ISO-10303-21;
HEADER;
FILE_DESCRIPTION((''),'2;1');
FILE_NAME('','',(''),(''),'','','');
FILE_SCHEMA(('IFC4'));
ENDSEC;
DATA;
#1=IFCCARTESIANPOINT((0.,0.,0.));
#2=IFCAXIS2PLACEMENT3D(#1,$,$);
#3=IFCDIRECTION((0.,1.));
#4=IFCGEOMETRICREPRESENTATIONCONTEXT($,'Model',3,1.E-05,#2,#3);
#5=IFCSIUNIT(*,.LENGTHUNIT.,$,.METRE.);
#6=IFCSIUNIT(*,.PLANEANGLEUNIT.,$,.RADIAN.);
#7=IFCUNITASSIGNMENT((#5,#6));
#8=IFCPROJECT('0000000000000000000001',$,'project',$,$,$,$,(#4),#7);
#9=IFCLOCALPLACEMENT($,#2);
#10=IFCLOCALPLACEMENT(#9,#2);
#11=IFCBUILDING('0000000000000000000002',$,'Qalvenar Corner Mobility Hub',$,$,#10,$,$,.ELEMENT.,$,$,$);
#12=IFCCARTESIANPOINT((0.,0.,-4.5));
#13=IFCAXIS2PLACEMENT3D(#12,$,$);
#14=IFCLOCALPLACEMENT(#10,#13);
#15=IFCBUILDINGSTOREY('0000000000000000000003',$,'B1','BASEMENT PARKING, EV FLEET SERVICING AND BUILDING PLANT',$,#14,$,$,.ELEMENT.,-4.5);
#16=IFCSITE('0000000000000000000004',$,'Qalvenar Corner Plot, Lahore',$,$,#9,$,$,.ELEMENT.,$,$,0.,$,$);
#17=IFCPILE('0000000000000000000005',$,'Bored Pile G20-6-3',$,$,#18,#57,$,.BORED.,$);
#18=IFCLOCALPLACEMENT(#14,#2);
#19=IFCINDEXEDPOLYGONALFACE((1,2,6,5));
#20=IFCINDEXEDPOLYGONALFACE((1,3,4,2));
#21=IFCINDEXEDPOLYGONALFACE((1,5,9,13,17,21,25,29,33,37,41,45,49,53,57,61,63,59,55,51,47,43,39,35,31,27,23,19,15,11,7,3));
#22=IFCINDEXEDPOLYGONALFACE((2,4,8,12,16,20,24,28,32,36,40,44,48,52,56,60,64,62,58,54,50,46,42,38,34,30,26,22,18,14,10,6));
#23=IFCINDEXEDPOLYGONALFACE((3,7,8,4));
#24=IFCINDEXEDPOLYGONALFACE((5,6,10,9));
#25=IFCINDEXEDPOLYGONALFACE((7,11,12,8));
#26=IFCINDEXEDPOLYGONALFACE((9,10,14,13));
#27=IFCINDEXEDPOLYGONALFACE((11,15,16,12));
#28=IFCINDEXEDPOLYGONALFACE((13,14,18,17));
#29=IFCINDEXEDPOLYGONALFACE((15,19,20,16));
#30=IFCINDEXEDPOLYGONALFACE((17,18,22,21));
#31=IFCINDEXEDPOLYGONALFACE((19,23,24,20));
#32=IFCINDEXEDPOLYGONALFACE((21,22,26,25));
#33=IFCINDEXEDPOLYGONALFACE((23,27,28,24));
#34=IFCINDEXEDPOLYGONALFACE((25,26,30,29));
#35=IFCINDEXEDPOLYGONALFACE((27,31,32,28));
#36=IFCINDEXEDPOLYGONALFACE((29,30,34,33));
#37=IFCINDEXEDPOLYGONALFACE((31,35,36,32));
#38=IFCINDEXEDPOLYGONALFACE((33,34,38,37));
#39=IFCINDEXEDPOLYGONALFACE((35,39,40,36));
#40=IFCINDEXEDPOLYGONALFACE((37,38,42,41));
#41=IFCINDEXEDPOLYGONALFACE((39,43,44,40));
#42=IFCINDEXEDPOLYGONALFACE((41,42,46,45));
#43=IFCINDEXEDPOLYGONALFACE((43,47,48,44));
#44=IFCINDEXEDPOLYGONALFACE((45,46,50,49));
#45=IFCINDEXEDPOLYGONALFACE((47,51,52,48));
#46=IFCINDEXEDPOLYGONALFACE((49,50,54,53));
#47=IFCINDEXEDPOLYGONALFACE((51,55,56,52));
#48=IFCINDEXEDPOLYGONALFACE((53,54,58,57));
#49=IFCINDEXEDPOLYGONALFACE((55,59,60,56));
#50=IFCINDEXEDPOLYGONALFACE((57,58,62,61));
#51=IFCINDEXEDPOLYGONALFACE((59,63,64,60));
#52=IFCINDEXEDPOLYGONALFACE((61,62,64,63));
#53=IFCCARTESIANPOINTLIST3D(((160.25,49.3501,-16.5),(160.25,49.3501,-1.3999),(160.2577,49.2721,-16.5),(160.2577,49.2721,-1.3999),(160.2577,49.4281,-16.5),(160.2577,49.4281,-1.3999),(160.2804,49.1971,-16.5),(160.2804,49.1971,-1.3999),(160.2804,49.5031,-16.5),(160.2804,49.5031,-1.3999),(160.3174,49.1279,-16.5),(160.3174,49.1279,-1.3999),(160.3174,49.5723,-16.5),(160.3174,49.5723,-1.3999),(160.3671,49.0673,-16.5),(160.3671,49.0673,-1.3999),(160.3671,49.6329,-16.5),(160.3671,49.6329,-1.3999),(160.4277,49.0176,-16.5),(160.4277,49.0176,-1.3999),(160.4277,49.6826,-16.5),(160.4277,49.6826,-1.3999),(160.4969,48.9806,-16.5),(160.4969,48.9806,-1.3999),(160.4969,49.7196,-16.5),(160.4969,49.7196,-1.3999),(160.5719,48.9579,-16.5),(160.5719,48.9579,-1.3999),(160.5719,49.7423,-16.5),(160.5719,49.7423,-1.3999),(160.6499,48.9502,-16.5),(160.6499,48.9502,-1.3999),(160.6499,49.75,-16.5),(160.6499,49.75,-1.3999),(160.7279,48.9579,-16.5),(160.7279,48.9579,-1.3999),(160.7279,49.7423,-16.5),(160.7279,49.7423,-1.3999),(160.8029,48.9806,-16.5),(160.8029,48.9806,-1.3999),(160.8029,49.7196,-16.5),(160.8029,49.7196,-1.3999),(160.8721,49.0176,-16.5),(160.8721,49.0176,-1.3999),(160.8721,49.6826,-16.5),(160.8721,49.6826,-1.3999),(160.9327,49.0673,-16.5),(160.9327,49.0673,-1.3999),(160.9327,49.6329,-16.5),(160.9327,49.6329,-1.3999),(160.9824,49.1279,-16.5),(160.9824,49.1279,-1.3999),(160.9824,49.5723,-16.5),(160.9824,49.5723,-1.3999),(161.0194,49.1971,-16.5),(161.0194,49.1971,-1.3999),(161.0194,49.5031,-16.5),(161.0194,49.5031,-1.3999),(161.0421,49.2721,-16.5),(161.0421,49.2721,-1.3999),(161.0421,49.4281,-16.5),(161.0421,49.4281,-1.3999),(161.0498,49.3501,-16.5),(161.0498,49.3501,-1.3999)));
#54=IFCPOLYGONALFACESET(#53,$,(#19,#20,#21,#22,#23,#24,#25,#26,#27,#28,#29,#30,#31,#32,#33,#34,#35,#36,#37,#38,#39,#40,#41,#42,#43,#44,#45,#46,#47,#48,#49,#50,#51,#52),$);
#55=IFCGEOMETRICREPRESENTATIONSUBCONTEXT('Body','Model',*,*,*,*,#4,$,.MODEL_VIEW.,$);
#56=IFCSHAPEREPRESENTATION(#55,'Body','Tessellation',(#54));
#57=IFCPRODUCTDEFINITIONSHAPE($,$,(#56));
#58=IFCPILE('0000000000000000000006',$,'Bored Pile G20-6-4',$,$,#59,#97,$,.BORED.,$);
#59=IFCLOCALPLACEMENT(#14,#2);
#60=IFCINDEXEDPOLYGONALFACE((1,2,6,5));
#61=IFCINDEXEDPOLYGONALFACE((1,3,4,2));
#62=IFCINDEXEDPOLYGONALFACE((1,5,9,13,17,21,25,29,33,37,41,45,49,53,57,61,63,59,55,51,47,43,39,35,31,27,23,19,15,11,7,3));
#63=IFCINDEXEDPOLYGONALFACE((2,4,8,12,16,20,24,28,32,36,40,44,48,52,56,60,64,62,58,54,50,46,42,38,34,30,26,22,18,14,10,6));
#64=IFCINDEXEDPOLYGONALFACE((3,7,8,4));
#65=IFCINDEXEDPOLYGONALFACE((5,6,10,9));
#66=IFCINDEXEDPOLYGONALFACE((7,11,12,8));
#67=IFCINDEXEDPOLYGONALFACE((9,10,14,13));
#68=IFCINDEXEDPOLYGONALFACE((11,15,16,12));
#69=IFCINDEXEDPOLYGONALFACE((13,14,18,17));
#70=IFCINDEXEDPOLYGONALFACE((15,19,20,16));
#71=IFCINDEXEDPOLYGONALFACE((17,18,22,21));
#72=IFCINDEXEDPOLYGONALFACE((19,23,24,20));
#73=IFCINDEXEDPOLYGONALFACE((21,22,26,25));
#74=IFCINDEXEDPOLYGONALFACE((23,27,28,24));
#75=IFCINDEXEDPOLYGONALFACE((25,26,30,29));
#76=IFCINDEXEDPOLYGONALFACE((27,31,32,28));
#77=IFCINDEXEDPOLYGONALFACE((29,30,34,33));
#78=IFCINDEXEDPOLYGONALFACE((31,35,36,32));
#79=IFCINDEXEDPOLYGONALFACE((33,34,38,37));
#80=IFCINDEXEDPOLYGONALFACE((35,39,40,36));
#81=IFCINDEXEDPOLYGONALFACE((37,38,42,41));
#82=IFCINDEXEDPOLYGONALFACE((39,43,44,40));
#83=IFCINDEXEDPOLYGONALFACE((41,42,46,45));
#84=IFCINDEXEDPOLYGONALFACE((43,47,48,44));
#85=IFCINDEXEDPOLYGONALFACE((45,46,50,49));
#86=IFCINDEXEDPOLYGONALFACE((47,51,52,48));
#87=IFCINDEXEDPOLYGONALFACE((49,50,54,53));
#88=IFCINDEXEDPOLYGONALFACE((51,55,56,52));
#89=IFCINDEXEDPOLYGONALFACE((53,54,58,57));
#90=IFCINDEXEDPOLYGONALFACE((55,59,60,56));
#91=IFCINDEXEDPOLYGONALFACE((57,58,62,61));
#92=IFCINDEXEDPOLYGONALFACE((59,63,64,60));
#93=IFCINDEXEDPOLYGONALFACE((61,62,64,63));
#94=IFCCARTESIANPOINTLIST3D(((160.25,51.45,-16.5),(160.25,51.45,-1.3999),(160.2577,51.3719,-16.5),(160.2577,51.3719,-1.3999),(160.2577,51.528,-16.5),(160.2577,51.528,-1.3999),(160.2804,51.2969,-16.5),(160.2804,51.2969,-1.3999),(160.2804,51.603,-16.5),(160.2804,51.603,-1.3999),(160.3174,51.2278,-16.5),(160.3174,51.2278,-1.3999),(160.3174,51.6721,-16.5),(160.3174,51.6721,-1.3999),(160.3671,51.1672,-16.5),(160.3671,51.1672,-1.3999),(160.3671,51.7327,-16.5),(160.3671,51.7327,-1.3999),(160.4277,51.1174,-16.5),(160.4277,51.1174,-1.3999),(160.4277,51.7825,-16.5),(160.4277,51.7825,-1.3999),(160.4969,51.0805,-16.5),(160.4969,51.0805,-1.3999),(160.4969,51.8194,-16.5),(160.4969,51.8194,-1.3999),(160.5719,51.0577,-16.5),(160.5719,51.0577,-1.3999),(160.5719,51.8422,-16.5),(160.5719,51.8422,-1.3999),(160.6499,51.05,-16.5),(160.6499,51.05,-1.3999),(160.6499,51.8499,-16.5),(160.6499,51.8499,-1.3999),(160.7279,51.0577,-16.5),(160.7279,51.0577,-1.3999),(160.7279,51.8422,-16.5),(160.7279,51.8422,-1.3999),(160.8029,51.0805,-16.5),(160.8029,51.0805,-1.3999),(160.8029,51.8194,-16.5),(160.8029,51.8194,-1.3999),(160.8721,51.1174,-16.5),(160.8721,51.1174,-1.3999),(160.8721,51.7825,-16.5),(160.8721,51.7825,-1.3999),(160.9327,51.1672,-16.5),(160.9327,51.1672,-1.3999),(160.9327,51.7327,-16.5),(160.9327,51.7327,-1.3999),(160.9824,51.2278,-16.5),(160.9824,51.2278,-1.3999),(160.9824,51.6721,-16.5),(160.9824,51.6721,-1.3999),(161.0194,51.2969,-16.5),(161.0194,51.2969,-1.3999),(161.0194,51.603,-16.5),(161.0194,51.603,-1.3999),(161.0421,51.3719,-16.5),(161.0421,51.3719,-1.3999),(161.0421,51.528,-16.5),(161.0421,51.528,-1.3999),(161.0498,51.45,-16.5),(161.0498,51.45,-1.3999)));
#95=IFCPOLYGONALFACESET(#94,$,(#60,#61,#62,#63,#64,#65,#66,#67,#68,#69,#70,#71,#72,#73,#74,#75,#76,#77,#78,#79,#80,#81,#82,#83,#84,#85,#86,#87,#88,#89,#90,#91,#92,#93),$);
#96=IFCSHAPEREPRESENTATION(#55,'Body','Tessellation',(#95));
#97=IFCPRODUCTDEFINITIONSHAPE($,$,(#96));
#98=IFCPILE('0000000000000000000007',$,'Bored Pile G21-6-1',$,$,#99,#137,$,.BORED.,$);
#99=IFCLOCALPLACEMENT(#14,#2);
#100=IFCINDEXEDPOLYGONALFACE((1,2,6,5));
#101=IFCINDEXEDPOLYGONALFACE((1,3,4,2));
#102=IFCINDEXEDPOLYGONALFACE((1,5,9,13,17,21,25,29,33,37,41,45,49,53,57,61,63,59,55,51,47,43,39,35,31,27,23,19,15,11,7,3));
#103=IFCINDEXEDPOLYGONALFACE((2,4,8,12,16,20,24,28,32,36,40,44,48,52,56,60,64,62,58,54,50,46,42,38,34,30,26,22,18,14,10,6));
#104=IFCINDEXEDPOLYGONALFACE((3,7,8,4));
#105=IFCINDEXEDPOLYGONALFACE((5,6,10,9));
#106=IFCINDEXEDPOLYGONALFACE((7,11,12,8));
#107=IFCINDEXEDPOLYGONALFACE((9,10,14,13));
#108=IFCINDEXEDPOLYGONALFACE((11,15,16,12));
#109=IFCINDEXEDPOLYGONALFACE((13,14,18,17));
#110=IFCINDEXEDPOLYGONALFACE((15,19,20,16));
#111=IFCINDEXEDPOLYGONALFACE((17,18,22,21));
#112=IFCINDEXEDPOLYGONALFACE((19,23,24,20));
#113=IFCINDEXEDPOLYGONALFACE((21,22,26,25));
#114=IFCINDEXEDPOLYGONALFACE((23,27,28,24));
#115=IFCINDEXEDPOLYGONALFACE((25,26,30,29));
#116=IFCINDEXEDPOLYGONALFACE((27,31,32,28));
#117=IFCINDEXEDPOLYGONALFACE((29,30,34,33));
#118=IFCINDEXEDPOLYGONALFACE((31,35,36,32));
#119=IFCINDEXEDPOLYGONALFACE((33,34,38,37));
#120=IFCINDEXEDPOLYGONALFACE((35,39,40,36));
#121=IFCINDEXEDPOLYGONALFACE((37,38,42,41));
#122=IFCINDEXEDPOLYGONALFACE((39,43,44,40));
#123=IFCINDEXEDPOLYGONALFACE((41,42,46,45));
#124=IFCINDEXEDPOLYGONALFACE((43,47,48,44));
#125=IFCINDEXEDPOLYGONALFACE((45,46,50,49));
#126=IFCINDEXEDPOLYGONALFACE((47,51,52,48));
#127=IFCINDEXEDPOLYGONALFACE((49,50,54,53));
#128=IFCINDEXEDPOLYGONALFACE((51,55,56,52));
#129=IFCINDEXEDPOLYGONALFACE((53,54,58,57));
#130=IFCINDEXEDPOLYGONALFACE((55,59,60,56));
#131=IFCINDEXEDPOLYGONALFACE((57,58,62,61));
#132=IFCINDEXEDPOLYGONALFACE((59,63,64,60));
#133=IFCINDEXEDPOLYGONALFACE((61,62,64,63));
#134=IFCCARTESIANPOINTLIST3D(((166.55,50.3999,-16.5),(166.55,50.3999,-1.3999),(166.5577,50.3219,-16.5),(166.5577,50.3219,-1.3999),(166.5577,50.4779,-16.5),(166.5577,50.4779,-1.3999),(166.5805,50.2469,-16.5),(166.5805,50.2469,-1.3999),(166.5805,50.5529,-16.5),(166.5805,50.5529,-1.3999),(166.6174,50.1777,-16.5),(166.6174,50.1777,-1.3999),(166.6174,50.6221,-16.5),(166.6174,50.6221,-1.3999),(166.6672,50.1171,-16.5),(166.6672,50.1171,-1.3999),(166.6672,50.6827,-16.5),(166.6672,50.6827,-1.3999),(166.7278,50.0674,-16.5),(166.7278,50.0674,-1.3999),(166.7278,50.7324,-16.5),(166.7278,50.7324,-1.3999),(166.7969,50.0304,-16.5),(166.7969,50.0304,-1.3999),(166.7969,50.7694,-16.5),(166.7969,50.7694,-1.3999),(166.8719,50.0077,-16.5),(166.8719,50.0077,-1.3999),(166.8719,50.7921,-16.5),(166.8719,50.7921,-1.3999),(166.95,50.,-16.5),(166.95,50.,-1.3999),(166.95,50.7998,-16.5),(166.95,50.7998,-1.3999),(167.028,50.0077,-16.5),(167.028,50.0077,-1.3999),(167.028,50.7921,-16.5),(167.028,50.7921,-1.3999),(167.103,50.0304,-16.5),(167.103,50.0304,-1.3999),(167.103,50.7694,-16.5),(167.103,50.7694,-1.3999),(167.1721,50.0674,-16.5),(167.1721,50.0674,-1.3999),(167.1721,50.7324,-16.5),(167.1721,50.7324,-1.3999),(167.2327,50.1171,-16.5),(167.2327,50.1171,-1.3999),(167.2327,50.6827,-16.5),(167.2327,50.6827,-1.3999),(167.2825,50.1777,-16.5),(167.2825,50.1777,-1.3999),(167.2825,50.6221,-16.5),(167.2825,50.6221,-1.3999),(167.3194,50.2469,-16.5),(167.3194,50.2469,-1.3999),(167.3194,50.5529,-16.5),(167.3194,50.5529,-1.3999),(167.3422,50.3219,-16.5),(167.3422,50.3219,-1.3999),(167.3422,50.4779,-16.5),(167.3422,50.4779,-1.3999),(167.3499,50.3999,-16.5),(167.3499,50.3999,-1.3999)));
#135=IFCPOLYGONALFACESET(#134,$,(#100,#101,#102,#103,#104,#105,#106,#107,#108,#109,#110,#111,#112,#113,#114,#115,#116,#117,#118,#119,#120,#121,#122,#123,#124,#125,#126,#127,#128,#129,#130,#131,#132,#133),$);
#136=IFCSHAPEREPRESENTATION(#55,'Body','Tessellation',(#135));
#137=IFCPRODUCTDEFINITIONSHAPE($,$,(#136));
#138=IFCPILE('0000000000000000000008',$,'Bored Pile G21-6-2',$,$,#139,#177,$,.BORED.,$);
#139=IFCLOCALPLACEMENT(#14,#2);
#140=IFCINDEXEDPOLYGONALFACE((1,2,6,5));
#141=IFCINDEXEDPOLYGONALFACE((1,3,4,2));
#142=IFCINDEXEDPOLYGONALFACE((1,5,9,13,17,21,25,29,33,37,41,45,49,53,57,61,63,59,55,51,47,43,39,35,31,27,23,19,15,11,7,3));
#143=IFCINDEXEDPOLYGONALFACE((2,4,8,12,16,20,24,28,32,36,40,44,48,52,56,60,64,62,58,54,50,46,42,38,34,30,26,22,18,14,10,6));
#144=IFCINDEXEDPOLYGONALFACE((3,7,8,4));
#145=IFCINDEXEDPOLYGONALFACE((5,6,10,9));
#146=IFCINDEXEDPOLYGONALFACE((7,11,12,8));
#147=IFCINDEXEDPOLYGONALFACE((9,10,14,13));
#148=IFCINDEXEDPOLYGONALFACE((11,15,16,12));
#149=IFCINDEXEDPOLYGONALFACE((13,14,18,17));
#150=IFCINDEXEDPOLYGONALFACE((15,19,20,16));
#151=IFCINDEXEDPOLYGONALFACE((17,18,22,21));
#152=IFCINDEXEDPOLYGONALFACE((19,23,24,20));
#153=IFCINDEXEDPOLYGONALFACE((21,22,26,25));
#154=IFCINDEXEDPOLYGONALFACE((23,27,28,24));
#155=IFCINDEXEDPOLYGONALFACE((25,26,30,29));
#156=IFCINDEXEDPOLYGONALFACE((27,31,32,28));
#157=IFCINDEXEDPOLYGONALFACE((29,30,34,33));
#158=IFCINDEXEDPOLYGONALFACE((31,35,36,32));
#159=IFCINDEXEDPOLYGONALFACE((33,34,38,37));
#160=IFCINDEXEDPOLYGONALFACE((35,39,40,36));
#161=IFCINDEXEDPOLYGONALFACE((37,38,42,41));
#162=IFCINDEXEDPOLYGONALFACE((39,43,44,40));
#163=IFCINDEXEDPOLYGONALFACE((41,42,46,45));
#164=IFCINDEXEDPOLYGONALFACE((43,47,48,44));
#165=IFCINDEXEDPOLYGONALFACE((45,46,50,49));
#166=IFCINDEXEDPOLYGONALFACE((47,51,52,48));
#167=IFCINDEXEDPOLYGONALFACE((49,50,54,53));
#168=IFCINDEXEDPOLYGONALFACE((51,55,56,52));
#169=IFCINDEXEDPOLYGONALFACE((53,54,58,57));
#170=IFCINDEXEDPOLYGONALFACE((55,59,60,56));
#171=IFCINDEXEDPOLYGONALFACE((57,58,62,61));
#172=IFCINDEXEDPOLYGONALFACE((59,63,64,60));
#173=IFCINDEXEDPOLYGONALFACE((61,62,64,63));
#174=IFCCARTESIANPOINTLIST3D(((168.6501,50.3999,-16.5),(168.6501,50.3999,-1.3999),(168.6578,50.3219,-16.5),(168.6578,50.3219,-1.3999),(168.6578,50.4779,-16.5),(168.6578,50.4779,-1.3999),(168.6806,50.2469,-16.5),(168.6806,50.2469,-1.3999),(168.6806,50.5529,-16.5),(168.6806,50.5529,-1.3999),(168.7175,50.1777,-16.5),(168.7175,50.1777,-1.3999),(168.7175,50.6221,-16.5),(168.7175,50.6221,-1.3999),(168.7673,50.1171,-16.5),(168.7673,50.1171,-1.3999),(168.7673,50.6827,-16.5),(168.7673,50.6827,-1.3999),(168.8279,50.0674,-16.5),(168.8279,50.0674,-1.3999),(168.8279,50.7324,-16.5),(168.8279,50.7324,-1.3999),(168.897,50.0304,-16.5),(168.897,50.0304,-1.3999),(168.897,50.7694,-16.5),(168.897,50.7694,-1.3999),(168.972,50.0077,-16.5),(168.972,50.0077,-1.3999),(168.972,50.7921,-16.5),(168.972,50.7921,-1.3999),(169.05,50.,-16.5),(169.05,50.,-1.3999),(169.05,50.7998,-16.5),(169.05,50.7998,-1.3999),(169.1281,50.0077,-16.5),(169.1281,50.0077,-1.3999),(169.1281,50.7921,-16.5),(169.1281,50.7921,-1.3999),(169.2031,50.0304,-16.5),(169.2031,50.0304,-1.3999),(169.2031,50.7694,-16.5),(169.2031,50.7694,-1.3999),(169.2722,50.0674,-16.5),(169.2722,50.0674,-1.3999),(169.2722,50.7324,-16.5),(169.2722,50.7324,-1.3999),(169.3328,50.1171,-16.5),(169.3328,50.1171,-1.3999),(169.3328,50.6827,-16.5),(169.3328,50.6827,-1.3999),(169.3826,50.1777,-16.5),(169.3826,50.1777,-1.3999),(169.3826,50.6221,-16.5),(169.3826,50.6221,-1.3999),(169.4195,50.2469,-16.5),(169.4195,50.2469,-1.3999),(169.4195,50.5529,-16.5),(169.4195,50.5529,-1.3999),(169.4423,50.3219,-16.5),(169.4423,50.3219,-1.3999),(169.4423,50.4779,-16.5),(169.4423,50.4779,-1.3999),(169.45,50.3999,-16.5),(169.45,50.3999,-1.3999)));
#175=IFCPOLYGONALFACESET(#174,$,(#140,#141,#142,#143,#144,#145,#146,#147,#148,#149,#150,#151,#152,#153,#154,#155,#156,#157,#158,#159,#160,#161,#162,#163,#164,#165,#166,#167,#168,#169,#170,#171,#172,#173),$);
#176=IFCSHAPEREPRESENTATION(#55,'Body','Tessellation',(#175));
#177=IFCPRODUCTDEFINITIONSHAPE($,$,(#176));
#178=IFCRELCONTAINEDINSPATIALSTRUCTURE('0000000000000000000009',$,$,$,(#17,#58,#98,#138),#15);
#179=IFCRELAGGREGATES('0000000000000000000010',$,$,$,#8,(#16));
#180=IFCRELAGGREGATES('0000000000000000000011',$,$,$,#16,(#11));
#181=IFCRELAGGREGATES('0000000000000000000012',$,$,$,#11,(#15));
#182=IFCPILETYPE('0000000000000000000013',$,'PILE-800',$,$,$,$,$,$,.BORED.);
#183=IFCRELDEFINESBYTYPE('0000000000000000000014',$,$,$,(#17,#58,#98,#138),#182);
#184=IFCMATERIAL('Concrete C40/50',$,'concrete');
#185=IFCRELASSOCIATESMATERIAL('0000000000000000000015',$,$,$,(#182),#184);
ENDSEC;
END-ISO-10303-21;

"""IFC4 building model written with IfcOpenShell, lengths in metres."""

from ifc_helpers import new_model, si_unit, direction, frame, origin, origin_2d, place, context, subcontext, project, spatial, circle, extrude, material, material_profile, profile_set, type_object, element, save


model = new_model("IFC4")

# Units and contexts
model_context = context("Model", 3, precision=1e-05, world=origin(), true_north=direction((0.0, 1.0)))
body_context = subcontext(model_context, "Body", "Model", "MODEL_VIEW")
ifc_project = project(units=[si_unit("LENGTHUNIT", "METRE"), si_unit("PLANEANGLEUNIT", "RADIAN")], contexts=[model_context])

# Site, building, storey
site_placement = place(None, origin())
site = spatial("IfcSite", under=ifc_project, at=site_placement, Name="Qalvenar Corner Plot, Lahore", CompositionType="ELEMENT", RefElevation=0.0)
building_placement = place(site_placement, origin())
building = spatial("IfcBuilding", under=site, at=building_placement, Name="Qalvenar Corner Mobility Hub", CompositionType="ELEMENT")
storey_placement = place(building_placement, frame((0.0, 0.0, -4.5)))
storey = spatial("IfcBuildingStorey", under=building, at=storey_placement, Name="B1", Description="BASEMENT PARKING, EV FLEET SERVICING AND BUILDING PLANT", CompositionType="ELEMENT", Elevation=-4.5)

# Shared definitions
ifc_material_1 = material(Name="Concrete C40/50", Category="concrete")

# Piles
ifc_material_profile_1 = material_profile(ifc_material_1, circle(Radius=0.3999, at=origin_2d()), Name="DIA800")
ifc_profile_set_1 = profile_set([ifc_material_profile_1], Name="Concrete C40/50")
pile_type_1 = type_object("IfcPileType", Name="PILE-800", PredefinedType="BORED", material=ifc_profile_set_1)
for number, where, z_axis, x_axis, name in (
    (1, (160.6499, 49.3501, -1.3999), (0.0, 0.0, -1.0), (1.0, 0.0, 0.0), "Bored Pile G20-6-3"),
    (2, (160.6499, 51.45, -1.3999), (0.0, 0.0, -1.0), (1.0, 0.0, 0.0), "Bored Pile G20-6-4"),
    (3, (166.95, 50.3999, -1.3999), (0.0, 0.0, -1.0), (1.0, 0.0, 0.0), "Bored Pile G21-6-1"),
    (4, (169.05, 50.3999, -1.3999), (0.0, 0.0, -1.0), (1.0, 0.0, 0.0), "Bored Pile G21-6-2"),
):
    element("IfcPile", number, at=place(storey_placement, frame(where, z_axis=z_axis, x_axis=x_axis)), inside=storey, type_object=pile_type_1, Name=name, PredefinedType="BORED", context=body_context, shape_type="SweptSolid", body=[
        extrude(circle(Radius=0.3999, at=origin_2d()), origin(), (0.0, 0.0, 1.0), 15.1001),
    ])

save(model, "model.ifc")
